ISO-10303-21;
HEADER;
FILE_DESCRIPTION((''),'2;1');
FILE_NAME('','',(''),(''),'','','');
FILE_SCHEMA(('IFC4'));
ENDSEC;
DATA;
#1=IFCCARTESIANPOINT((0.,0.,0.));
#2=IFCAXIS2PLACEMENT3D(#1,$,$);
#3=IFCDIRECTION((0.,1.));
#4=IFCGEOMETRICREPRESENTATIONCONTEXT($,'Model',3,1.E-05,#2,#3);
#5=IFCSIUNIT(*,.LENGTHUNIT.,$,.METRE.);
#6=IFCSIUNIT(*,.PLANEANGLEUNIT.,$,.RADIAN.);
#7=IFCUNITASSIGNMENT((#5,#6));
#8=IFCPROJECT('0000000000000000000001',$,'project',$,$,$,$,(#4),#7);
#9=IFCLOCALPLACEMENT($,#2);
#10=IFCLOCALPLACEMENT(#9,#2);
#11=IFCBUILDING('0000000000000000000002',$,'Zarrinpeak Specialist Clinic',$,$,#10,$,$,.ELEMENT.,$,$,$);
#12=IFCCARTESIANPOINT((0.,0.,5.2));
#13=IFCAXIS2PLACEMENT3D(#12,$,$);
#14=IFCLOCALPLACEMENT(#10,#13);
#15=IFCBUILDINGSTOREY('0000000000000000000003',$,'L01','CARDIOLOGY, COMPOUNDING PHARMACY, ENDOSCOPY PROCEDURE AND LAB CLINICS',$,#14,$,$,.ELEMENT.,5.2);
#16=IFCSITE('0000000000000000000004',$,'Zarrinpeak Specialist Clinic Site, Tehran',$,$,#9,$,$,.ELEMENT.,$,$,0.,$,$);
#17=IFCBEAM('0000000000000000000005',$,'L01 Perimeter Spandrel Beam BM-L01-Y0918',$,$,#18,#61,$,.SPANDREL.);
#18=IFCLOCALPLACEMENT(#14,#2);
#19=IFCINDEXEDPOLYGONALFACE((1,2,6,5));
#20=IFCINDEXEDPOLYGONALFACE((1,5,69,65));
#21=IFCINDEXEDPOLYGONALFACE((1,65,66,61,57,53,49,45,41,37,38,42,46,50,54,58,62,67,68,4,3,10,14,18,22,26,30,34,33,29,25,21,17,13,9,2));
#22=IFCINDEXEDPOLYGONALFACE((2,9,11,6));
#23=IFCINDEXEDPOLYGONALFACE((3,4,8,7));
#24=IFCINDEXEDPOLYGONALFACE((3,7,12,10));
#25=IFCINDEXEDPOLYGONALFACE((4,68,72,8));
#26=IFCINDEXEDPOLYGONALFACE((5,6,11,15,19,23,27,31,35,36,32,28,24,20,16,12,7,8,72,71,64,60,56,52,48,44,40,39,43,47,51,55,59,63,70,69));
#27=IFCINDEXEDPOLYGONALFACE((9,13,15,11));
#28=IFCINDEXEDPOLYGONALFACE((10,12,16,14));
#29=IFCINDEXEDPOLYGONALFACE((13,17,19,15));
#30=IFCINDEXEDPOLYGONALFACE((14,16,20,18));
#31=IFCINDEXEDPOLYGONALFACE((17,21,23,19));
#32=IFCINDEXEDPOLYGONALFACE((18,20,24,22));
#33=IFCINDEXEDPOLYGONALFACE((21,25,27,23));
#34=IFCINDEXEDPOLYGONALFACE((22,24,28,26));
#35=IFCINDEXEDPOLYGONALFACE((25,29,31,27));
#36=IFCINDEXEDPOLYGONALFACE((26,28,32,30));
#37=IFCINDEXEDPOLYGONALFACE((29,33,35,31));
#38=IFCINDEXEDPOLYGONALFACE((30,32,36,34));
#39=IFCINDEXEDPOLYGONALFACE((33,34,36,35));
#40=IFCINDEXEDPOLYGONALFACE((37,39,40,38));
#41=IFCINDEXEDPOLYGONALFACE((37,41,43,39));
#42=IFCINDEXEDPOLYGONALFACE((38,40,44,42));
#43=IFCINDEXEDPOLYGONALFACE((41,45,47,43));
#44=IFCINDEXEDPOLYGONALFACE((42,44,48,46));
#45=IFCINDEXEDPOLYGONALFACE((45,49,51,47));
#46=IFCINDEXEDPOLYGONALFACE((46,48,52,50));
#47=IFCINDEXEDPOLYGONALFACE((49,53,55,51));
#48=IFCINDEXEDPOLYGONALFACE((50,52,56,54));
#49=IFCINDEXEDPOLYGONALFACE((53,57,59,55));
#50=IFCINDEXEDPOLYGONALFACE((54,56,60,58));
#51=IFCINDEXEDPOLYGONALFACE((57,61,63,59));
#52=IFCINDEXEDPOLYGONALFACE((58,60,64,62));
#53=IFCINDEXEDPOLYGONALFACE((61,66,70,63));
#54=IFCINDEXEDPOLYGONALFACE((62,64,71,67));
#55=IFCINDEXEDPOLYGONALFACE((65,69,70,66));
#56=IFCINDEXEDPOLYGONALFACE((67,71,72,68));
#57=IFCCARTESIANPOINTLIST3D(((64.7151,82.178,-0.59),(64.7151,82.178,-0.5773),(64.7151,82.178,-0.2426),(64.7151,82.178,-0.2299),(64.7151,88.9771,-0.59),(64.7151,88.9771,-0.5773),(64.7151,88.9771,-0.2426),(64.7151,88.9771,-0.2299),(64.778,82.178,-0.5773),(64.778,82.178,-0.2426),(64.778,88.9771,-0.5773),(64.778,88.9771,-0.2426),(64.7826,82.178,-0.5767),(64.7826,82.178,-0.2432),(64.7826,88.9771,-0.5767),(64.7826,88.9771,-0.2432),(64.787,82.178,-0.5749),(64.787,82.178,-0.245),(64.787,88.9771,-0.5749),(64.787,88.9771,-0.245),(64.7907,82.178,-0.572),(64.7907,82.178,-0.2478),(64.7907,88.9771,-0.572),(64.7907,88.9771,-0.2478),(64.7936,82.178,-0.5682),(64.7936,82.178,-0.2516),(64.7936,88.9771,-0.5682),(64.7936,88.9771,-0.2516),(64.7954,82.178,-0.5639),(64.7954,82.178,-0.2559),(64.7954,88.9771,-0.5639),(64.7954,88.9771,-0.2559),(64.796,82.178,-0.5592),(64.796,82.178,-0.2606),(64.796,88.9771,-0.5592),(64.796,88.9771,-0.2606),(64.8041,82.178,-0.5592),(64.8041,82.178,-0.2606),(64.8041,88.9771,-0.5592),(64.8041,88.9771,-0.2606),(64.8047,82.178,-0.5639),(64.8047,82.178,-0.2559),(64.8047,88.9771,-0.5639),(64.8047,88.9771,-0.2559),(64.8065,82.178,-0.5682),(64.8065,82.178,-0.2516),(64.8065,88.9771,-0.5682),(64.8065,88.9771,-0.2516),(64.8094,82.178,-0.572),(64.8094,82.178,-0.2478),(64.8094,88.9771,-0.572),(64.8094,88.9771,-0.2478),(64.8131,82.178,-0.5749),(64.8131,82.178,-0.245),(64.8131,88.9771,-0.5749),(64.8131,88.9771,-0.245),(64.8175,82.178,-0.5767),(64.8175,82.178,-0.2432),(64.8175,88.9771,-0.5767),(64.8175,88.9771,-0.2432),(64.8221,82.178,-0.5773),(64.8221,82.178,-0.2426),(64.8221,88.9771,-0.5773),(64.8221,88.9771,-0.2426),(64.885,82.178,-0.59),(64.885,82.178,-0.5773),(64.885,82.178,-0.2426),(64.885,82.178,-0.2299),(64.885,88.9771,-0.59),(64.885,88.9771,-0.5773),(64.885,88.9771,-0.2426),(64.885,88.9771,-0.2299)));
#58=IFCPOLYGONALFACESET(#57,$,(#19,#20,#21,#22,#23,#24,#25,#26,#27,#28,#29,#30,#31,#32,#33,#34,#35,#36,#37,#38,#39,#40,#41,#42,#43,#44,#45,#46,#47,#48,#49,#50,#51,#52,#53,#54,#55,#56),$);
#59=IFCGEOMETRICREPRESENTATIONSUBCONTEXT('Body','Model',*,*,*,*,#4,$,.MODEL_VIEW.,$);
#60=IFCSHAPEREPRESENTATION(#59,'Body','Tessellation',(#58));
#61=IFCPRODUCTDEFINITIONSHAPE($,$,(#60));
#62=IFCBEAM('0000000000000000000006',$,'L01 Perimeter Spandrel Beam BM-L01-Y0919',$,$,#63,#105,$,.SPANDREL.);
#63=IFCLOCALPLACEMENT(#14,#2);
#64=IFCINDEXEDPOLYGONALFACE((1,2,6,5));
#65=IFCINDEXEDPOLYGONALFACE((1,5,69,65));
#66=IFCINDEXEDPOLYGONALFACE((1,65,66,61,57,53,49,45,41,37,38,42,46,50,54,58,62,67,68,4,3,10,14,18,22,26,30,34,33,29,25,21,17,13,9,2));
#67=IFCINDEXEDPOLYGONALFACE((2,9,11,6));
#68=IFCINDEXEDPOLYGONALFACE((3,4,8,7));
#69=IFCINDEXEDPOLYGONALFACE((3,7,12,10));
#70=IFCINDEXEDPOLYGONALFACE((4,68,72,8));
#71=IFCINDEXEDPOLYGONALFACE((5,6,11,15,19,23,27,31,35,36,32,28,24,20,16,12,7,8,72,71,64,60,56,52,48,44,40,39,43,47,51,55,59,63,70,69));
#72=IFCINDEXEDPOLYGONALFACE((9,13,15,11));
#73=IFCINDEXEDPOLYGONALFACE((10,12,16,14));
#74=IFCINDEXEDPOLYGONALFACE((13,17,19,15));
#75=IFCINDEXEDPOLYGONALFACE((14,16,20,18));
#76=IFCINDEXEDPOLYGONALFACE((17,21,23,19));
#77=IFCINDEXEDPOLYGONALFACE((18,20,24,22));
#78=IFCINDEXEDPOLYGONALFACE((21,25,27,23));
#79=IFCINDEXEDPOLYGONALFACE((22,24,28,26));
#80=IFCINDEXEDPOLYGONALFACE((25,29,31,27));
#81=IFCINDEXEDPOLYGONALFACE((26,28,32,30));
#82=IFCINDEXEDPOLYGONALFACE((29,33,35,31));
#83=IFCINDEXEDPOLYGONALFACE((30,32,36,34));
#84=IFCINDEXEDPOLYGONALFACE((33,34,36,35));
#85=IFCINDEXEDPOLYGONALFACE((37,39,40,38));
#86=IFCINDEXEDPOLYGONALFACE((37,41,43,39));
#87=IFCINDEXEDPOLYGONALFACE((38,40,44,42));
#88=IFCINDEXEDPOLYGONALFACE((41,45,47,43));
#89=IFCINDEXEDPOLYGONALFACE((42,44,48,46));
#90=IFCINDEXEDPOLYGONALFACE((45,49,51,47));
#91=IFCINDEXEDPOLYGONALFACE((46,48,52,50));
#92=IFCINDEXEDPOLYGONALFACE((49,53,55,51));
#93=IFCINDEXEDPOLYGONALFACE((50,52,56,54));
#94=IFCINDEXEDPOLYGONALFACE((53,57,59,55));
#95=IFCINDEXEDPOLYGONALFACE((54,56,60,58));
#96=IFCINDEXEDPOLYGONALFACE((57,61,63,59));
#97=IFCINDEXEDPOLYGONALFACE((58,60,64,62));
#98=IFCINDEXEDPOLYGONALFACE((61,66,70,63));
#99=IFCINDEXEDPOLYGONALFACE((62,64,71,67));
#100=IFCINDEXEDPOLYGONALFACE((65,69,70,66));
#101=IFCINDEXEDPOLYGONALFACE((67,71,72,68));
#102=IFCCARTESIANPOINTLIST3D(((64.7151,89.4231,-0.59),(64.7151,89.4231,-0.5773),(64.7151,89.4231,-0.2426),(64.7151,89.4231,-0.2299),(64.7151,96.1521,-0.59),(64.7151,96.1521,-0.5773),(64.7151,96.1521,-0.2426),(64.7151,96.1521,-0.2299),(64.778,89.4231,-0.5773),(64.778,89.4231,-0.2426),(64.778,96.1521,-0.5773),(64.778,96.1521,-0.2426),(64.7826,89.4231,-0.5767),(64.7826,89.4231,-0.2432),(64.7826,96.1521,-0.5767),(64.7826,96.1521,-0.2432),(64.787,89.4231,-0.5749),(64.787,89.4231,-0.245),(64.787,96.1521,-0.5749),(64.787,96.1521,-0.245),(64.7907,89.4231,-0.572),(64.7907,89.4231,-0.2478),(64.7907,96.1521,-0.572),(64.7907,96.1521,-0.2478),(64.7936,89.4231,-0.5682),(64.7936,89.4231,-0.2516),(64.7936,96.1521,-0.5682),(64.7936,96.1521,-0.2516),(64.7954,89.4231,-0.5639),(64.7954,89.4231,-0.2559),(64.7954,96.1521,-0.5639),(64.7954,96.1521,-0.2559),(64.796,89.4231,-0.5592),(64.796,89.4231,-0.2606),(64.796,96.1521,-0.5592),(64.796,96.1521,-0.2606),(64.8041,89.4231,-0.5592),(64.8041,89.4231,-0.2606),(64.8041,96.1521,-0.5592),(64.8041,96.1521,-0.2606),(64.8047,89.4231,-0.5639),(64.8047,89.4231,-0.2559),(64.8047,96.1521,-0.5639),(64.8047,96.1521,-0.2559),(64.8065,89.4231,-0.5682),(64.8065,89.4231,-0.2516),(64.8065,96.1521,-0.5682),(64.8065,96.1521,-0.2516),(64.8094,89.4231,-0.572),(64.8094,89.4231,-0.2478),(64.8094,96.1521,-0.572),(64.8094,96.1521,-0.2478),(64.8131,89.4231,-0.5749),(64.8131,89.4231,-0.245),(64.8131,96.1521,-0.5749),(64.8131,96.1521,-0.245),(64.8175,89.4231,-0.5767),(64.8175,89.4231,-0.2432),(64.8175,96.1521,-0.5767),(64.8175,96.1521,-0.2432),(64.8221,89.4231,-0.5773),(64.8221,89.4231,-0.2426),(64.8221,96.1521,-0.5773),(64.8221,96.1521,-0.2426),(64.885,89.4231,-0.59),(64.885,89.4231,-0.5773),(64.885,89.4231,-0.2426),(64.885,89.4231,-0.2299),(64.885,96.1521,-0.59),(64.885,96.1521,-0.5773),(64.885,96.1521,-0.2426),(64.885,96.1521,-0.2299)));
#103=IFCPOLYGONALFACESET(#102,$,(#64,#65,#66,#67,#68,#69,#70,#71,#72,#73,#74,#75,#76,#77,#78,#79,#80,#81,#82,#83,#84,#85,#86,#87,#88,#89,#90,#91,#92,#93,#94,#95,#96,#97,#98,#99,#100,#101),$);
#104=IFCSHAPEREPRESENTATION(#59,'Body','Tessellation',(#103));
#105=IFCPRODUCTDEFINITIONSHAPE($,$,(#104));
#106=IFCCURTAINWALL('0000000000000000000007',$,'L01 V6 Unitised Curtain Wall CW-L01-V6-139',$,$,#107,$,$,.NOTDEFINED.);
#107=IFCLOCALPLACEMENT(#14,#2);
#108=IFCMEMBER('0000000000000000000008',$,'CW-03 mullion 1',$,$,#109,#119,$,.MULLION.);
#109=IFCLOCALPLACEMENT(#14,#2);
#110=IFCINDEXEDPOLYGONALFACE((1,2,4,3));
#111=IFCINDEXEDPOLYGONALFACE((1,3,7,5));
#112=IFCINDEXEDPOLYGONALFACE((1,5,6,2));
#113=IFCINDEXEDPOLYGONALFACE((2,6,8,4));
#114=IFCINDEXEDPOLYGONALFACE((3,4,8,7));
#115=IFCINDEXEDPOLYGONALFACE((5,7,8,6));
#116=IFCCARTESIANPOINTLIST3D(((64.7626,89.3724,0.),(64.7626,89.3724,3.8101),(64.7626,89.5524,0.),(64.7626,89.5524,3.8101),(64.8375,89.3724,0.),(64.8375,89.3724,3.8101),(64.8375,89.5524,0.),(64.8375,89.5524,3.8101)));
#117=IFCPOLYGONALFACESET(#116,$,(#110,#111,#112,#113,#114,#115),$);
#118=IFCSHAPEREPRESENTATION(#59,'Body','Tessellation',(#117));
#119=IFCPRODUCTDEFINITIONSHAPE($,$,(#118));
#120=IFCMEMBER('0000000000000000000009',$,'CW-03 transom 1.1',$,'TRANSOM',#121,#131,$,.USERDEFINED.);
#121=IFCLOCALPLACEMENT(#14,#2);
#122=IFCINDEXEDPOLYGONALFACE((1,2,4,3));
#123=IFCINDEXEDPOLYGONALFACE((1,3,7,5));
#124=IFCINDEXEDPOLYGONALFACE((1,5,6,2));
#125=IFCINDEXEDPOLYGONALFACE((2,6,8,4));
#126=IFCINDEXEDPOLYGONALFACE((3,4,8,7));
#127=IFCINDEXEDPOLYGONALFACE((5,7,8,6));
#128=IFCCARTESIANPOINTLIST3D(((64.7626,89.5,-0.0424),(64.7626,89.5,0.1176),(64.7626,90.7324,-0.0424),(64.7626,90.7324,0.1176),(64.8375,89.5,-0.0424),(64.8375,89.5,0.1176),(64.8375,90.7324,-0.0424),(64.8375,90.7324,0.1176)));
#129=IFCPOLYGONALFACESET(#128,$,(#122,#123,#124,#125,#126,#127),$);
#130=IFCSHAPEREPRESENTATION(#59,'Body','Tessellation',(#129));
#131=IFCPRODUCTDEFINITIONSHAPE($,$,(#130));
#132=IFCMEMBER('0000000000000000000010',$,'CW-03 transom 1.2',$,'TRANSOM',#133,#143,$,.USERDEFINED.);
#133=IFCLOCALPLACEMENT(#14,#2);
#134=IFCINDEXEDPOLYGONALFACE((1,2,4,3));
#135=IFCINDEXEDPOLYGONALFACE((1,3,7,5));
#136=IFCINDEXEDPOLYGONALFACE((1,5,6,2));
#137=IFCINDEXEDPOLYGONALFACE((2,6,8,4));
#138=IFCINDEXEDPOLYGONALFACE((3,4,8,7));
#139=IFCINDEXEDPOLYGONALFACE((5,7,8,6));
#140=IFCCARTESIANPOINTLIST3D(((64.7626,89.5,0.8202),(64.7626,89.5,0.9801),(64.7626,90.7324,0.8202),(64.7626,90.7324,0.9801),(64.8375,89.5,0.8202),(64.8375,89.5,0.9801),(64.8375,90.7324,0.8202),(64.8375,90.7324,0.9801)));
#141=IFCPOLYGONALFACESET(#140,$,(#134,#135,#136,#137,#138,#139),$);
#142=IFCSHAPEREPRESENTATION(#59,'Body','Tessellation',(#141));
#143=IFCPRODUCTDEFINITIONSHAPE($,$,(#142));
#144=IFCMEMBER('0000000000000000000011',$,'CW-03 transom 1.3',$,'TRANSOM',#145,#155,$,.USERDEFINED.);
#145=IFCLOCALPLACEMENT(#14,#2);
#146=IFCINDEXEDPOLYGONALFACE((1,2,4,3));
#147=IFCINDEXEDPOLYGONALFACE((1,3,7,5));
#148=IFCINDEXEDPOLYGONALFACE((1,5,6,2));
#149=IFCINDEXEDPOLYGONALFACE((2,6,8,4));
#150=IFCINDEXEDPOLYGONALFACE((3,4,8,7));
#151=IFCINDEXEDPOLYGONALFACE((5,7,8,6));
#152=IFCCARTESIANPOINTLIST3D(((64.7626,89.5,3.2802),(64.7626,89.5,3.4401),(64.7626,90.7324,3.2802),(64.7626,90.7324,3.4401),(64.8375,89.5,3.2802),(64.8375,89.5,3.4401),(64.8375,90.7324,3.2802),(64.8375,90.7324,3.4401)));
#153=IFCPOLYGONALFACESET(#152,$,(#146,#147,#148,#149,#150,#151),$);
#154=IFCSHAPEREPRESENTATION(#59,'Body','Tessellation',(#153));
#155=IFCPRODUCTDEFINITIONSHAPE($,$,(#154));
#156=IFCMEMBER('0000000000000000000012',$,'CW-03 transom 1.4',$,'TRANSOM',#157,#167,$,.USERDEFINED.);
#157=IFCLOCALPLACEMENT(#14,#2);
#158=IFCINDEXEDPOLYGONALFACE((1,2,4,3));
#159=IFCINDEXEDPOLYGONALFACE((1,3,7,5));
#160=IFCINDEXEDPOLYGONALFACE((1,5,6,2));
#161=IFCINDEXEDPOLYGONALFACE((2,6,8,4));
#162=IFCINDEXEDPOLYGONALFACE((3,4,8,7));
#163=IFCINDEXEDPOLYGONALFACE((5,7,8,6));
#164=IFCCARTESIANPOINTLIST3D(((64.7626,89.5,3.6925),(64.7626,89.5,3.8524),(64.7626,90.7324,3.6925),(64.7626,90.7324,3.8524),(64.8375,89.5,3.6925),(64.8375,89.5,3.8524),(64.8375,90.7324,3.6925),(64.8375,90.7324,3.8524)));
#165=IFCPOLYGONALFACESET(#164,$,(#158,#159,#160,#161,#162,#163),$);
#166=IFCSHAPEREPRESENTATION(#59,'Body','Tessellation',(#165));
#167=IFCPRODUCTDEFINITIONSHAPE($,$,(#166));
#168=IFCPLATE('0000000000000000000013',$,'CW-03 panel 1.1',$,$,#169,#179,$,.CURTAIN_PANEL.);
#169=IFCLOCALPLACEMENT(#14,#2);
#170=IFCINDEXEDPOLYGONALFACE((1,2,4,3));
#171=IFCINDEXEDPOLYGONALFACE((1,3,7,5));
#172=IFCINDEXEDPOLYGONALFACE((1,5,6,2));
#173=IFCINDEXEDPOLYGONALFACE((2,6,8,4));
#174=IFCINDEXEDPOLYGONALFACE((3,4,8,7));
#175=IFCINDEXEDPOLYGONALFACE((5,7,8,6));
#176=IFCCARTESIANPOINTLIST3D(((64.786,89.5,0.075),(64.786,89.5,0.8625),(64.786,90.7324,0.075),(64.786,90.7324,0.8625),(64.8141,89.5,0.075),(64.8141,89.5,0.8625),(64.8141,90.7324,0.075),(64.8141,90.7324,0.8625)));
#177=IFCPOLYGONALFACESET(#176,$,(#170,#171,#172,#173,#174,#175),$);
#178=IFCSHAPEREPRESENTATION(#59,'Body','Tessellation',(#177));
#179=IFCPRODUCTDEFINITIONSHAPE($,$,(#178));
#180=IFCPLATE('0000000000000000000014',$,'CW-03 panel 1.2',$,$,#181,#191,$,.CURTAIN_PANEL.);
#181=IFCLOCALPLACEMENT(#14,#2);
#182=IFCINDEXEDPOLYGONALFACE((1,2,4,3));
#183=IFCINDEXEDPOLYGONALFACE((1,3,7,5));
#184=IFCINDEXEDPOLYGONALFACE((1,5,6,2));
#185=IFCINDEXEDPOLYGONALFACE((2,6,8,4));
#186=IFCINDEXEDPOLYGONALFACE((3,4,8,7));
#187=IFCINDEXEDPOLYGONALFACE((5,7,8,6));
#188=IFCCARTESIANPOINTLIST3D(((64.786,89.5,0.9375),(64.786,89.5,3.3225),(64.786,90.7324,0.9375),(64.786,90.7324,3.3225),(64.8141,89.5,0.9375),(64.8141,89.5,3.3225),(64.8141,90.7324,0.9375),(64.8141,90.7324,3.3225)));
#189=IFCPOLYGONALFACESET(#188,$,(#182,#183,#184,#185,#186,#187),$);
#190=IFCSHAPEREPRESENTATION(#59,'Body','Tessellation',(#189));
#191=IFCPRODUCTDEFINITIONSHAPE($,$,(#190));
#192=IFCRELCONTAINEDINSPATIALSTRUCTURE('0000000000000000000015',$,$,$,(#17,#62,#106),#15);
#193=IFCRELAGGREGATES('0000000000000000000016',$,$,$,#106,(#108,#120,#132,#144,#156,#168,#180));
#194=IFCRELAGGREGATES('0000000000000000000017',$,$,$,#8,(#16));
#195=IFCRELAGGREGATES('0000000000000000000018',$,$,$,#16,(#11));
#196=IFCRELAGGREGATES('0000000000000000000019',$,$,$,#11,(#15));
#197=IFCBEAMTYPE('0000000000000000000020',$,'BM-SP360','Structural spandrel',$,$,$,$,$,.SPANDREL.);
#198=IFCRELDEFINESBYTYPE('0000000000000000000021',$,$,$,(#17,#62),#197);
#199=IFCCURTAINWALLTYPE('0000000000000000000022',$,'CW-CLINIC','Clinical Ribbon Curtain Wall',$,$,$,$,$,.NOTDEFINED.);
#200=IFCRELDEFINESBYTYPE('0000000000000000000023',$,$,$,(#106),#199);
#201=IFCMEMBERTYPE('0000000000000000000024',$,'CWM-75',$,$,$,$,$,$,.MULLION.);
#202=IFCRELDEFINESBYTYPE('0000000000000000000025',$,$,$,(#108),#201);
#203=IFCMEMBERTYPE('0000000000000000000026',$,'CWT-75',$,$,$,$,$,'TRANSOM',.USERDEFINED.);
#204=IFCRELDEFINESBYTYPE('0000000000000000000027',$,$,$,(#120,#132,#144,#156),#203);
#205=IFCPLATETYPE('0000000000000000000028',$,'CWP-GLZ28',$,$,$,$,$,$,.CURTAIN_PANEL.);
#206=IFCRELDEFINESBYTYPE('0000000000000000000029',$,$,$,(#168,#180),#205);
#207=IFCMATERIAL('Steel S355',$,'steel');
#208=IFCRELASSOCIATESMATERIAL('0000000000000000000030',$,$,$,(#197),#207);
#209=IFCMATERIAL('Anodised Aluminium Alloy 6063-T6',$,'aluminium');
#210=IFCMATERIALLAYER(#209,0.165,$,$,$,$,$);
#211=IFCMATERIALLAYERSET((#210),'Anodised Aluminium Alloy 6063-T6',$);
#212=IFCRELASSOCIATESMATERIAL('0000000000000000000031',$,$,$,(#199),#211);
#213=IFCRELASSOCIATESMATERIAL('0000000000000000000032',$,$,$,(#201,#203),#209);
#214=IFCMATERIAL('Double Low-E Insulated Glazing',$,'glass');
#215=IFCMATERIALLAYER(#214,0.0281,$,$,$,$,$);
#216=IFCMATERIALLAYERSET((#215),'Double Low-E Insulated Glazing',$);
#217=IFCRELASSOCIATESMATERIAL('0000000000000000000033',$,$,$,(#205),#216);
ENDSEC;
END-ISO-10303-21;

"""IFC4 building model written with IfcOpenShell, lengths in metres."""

from ifc_helpers import new_model, si_unit, direction, frame, origin, origin_2d, place, context, subcontext, project, spatial, rectangle, i_section, extrude, material, layer, layer_set, material_profile, profile_set, type_object, element, aggregate, save


model = new_model("IFC4")

# Units and contexts
model_context = context("Model", 3, precision=1e-05, world=origin(), true_north=direction((0.0, 1.0)))
body_context = subcontext(model_context, "Body", "Model", "MODEL_VIEW")
ifc_project = project(units=[si_unit("LENGTHUNIT", "METRE"), si_unit("PLANEANGLEUNIT", "RADIAN")], contexts=[model_context])

# Site, building, storey
site_placement = place(None, origin())
site = spatial("IfcSite", under=ifc_project, at=site_placement, Name="Zarrinpeak Specialist Clinic Site, Tehran", CompositionType="ELEMENT", RefElevation=0.0)
building_placement = place(site_placement, origin())
building = spatial("IfcBuilding", under=site, at=building_placement, Name="Zarrinpeak Specialist Clinic", CompositionType="ELEMENT")
storey_placement = place(building_placement, frame((0.0, 0.0, 5.2)))
storey = spatial("IfcBuildingStorey", under=building, at=storey_placement, Name="L01", Description="CARDIOLOGY, COMPOUNDING PHARMACY, ENDOSCOPY PROCEDURE AND LAB CLINICS", CompositionType="ELEMENT", Elevation=5.2)

# Shared definitions
ifc_material_1 = material(Name="Steel S355", Category="steel")

# Beams
ifc_material_profile_1 = material_profile(ifc_material_1, i_section(OverallWidth=0.1699, OverallDepth=0.3601, WebThickness=0.0081, FlangeThickness=0.0127, FilletRadius=0.0181, at=origin_2d()), Name="IPE 360")
ifc_profile_set_1 = profile_set([ifc_material_profile_1], Name="Steel S355")
beam_type_1 = type_object("IfcBeamType", Name="BM-SP360", Description="Structural spandrel", PredefinedType="SPANDREL", material=ifc_profile_set_1)
beam_1_placement = place(storey_placement, frame((64.8, 82.178, -0.4099), z_axis=(0.0, 1.0, 0.0), x_axis=(-1.0, 0.0, 0.0)))
element("IfcBeam", 1, at=beam_1_placement, inside=storey, type_object=beam_type_1, Name="L01 Perimeter Spandrel Beam BM-L01-Y0918", PredefinedType="SPANDREL", context=body_context, shape_type="SweptSolid", body=[
    extrude(i_section(OverallWidth=0.1699, OverallDepth=0.3601, WebThickness=0.0081, FlangeThickness=0.0127, FilletRadius=0.0181, at=origin_2d()), origin(), (0.0, 0.0, 1.0), 6.7991),
])
beam_2_placement = place(storey_placement, frame((64.8, 89.4231, -0.4099), z_axis=(0.0, 1.0, 0.0), x_axis=(-1.0, 0.0, 0.0)))
element("IfcBeam", 2, at=beam_2_placement, inside=storey, type_object=beam_type_1, Name="L01 Perimeter Spandrel Beam BM-L01-Y0919", PredefinedType="SPANDREL", context=body_context, shape_type="SweptSolid", body=[
    extrude(i_section(OverallWidth=0.1699, OverallDepth=0.3601, WebThickness=0.0081, FlangeThickness=0.0127, FilletRadius=0.0181, at=origin_2d()), origin(), (0.0, 0.0, 1.0), 6.729),
])

# Curtain wall, members, plates
ifc_material_2 = material(Name="Anodised Aluminium Alloy 6063-T6", Category="aluminium")
ifc_layer_1 = layer(ifc_material_2, 0.165)
ifc_layer_set_1 = layer_set([ifc_layer_1], Name="Anodised Aluminium Alloy 6063-T6")
curtain_wall_type = type_object("IfcCurtainWallType", Name="CW-CLINIC", Description="Clinical Ribbon Curtain Wall", PredefinedType="NOTDEFINED", material=ifc_layer_set_1)
curtain_wall_placement = place(storey_placement, origin())
curtain_wall = element("IfcCurtainWall", 3, at=curtain_wall_placement, inside=storey, type_object=curtain_wall_type, Name="L01 V6 Unitised Curtain Wall CW-L01-V6-139", PredefinedType="NOTDEFINED")
ifc_material_profile_2 = material_profile(ifc_material_2, rectangle(XDim=0.075, YDim=0.1799, at=origin_2d()), Name="ALU 75x180")
ifc_profile_set_2 = profile_set([ifc_material_profile_2], Name="Anodised Aluminium Alloy 6063-T6")
member_type_1 = type_object("IfcMemberType", Name="CWM-75", PredefinedType="MULLION", material=ifc_profile_set_2)
member_1_placement = place(storey_placement, frame((64.8, 89.4624, 0.0), z_axis=(0.0, 0.0, 1.0), x_axis=(-1.0, 0.0, 0.0)))
member_1 = element("IfcMember", 4, at=member_1_placement, type_object=member_type_1, Name="CW-03 mullion 1", PredefinedType="MULLION", context=body_context, shape_type="SweptSolid", body=[
    extrude(rectangle(XDim=0.075, YDim=0.1799, at=origin_2d()), origin(), (0.0, 0.0, 1.0), 3.8101),
])
ifc_material_profile_3 = material_profile(ifc_material_2, rectangle(XDim=0.075, YDim=0.1599, at=origin_2d()), Name="ALU 75x160")
ifc_profile_set_3 = profile_set([ifc_material_profile_3], Name="Anodised Aluminium Alloy 6063-T6")
member_type_2 = type_object("IfcMemberType", Name="CWT-75", ElementType="TRANSOM", PredefinedType="USERDEFINED", material=ifc_profile_set_3)
member_2_placement = place(storey_placement, frame((64.8, 89.5, 0.0376), z_axis=(0.0, 1.0, 0.0), x_axis=(-1.0, 0.0, 0.0)))
member_2 = element("IfcMember", 5, at=member_2_placement, type_object=member_type_2, Name="CW-03 transom 1.1", ObjectType="TRANSOM", PredefinedType="USERDEFINED", context=body_context, shape_type="SweptSolid", body=[
    extrude(rectangle(XDim=0.075, YDim=0.1599, at=origin_2d()), origin(), (0.0, 0.0, 1.0), 1.2324),
])
member_3_placement = place(storey_placement, frame((64.8, 89.5, 0.9001), z_axis=(0.0, 1.0, 0.0), x_axis=(-1.0, 0.0, 0.0)))
member_3 = element("IfcMember", 6, at=member_3_placement, type_object=member_type_2, Name="CW-03 transom 1.2", ObjectType="TRANSOM", PredefinedType="USERDEFINED", context=body_context, shape_type="SweptSolid", body=[
    extrude(rectangle(XDim=0.075, YDim=0.1599, at=origin_2d()), origin(), (0.0, 0.0, 1.0), 1.2324),
])
member_4_placement = place(storey_placement, frame((64.8, 89.5, 3.3601), z_axis=(0.0, 1.0, 0.0), x_axis=(-1.0, 0.0, 0.0)))
member_4 = element("IfcMember", 7, at=member_4_placement, type_object=member_type_2, Name="CW-03 transom 1.3", ObjectType="TRANSOM", PredefinedType="USERDEFINED", context=body_context, shape_type="SweptSolid", body=[
    extrude(rectangle(XDim=0.075, YDim=0.1599, at=origin_2d()), origin(), (0.0, 0.0, 1.0), 1.2324),
])
member_5_placement = place(storey_placement, frame((64.8, 89.5, 3.7725), z_axis=(0.0, 1.0, 0.0), x_axis=(-1.0, 0.0, 0.0)))
member_5 = element("IfcMember", 8, at=member_5_placement, type_object=member_type_2, Name="CW-03 transom 1.4", ObjectType="TRANSOM", PredefinedType="USERDEFINED", context=body_context, shape_type="SweptSolid", body=[
    extrude(rectangle(XDim=0.075, YDim=0.1599, at=origin_2d()), origin(), (0.0, 0.0, 1.0), 1.2324),
])
ifc_material_3 = material(Name="Double Low-E Insulated Glazing", Category="glass")
ifc_layer_2 = layer(ifc_material_3, 0.0281)
ifc_layer_set_2 = layer_set([ifc_layer_2], Name="Double Low-E Insulated Glazing")
plate_type = type_object("IfcPlateType", Name="CWP-GLZ28", PredefinedType="CURTAIN_PANEL", material=ifc_layer_set_2)
plate_1_placement = place(storey_placement, frame((64.8, 90.1162, 0.075), z_axis=(0.0, 0.0, 1.0), x_axis=(0.0, 1.0, 0.0)))
plate_1 = element("IfcPlate", 9, at=plate_1_placement, type_object=plate_type, Name="CW-03 panel 1.1", PredefinedType="CURTAIN_PANEL", context=body_context, shape_type="SweptSolid", body=[
    extrude(rectangle(XDim=1.2324, YDim=0.0281, at=origin_2d()), origin(), (0.0, 0.0, 1.0), 0.7876),
])
plate_2_placement = place(storey_placement, frame((64.8, 90.1162, 0.9375), z_axis=(0.0, 0.0, 1.0), x_axis=(0.0, 1.0, 0.0)))
plate_2 = element("IfcPlate", 10, at=plate_2_placement, type_object=plate_type, Name="CW-03 panel 1.2", PredefinedType="CURTAIN_PANEL", context=body_context, shape_type="SweptSolid", body=[
    extrude(rectangle(XDim=1.2324, YDim=0.0281, at=origin_2d()), origin(), (0.0, 0.0, 1.0), 2.385),
])
aggregate(curtain_wall, [member_1, member_2, member_3, member_4, member_5, plate_1, plate_2])

save(model, "model.ifc")
